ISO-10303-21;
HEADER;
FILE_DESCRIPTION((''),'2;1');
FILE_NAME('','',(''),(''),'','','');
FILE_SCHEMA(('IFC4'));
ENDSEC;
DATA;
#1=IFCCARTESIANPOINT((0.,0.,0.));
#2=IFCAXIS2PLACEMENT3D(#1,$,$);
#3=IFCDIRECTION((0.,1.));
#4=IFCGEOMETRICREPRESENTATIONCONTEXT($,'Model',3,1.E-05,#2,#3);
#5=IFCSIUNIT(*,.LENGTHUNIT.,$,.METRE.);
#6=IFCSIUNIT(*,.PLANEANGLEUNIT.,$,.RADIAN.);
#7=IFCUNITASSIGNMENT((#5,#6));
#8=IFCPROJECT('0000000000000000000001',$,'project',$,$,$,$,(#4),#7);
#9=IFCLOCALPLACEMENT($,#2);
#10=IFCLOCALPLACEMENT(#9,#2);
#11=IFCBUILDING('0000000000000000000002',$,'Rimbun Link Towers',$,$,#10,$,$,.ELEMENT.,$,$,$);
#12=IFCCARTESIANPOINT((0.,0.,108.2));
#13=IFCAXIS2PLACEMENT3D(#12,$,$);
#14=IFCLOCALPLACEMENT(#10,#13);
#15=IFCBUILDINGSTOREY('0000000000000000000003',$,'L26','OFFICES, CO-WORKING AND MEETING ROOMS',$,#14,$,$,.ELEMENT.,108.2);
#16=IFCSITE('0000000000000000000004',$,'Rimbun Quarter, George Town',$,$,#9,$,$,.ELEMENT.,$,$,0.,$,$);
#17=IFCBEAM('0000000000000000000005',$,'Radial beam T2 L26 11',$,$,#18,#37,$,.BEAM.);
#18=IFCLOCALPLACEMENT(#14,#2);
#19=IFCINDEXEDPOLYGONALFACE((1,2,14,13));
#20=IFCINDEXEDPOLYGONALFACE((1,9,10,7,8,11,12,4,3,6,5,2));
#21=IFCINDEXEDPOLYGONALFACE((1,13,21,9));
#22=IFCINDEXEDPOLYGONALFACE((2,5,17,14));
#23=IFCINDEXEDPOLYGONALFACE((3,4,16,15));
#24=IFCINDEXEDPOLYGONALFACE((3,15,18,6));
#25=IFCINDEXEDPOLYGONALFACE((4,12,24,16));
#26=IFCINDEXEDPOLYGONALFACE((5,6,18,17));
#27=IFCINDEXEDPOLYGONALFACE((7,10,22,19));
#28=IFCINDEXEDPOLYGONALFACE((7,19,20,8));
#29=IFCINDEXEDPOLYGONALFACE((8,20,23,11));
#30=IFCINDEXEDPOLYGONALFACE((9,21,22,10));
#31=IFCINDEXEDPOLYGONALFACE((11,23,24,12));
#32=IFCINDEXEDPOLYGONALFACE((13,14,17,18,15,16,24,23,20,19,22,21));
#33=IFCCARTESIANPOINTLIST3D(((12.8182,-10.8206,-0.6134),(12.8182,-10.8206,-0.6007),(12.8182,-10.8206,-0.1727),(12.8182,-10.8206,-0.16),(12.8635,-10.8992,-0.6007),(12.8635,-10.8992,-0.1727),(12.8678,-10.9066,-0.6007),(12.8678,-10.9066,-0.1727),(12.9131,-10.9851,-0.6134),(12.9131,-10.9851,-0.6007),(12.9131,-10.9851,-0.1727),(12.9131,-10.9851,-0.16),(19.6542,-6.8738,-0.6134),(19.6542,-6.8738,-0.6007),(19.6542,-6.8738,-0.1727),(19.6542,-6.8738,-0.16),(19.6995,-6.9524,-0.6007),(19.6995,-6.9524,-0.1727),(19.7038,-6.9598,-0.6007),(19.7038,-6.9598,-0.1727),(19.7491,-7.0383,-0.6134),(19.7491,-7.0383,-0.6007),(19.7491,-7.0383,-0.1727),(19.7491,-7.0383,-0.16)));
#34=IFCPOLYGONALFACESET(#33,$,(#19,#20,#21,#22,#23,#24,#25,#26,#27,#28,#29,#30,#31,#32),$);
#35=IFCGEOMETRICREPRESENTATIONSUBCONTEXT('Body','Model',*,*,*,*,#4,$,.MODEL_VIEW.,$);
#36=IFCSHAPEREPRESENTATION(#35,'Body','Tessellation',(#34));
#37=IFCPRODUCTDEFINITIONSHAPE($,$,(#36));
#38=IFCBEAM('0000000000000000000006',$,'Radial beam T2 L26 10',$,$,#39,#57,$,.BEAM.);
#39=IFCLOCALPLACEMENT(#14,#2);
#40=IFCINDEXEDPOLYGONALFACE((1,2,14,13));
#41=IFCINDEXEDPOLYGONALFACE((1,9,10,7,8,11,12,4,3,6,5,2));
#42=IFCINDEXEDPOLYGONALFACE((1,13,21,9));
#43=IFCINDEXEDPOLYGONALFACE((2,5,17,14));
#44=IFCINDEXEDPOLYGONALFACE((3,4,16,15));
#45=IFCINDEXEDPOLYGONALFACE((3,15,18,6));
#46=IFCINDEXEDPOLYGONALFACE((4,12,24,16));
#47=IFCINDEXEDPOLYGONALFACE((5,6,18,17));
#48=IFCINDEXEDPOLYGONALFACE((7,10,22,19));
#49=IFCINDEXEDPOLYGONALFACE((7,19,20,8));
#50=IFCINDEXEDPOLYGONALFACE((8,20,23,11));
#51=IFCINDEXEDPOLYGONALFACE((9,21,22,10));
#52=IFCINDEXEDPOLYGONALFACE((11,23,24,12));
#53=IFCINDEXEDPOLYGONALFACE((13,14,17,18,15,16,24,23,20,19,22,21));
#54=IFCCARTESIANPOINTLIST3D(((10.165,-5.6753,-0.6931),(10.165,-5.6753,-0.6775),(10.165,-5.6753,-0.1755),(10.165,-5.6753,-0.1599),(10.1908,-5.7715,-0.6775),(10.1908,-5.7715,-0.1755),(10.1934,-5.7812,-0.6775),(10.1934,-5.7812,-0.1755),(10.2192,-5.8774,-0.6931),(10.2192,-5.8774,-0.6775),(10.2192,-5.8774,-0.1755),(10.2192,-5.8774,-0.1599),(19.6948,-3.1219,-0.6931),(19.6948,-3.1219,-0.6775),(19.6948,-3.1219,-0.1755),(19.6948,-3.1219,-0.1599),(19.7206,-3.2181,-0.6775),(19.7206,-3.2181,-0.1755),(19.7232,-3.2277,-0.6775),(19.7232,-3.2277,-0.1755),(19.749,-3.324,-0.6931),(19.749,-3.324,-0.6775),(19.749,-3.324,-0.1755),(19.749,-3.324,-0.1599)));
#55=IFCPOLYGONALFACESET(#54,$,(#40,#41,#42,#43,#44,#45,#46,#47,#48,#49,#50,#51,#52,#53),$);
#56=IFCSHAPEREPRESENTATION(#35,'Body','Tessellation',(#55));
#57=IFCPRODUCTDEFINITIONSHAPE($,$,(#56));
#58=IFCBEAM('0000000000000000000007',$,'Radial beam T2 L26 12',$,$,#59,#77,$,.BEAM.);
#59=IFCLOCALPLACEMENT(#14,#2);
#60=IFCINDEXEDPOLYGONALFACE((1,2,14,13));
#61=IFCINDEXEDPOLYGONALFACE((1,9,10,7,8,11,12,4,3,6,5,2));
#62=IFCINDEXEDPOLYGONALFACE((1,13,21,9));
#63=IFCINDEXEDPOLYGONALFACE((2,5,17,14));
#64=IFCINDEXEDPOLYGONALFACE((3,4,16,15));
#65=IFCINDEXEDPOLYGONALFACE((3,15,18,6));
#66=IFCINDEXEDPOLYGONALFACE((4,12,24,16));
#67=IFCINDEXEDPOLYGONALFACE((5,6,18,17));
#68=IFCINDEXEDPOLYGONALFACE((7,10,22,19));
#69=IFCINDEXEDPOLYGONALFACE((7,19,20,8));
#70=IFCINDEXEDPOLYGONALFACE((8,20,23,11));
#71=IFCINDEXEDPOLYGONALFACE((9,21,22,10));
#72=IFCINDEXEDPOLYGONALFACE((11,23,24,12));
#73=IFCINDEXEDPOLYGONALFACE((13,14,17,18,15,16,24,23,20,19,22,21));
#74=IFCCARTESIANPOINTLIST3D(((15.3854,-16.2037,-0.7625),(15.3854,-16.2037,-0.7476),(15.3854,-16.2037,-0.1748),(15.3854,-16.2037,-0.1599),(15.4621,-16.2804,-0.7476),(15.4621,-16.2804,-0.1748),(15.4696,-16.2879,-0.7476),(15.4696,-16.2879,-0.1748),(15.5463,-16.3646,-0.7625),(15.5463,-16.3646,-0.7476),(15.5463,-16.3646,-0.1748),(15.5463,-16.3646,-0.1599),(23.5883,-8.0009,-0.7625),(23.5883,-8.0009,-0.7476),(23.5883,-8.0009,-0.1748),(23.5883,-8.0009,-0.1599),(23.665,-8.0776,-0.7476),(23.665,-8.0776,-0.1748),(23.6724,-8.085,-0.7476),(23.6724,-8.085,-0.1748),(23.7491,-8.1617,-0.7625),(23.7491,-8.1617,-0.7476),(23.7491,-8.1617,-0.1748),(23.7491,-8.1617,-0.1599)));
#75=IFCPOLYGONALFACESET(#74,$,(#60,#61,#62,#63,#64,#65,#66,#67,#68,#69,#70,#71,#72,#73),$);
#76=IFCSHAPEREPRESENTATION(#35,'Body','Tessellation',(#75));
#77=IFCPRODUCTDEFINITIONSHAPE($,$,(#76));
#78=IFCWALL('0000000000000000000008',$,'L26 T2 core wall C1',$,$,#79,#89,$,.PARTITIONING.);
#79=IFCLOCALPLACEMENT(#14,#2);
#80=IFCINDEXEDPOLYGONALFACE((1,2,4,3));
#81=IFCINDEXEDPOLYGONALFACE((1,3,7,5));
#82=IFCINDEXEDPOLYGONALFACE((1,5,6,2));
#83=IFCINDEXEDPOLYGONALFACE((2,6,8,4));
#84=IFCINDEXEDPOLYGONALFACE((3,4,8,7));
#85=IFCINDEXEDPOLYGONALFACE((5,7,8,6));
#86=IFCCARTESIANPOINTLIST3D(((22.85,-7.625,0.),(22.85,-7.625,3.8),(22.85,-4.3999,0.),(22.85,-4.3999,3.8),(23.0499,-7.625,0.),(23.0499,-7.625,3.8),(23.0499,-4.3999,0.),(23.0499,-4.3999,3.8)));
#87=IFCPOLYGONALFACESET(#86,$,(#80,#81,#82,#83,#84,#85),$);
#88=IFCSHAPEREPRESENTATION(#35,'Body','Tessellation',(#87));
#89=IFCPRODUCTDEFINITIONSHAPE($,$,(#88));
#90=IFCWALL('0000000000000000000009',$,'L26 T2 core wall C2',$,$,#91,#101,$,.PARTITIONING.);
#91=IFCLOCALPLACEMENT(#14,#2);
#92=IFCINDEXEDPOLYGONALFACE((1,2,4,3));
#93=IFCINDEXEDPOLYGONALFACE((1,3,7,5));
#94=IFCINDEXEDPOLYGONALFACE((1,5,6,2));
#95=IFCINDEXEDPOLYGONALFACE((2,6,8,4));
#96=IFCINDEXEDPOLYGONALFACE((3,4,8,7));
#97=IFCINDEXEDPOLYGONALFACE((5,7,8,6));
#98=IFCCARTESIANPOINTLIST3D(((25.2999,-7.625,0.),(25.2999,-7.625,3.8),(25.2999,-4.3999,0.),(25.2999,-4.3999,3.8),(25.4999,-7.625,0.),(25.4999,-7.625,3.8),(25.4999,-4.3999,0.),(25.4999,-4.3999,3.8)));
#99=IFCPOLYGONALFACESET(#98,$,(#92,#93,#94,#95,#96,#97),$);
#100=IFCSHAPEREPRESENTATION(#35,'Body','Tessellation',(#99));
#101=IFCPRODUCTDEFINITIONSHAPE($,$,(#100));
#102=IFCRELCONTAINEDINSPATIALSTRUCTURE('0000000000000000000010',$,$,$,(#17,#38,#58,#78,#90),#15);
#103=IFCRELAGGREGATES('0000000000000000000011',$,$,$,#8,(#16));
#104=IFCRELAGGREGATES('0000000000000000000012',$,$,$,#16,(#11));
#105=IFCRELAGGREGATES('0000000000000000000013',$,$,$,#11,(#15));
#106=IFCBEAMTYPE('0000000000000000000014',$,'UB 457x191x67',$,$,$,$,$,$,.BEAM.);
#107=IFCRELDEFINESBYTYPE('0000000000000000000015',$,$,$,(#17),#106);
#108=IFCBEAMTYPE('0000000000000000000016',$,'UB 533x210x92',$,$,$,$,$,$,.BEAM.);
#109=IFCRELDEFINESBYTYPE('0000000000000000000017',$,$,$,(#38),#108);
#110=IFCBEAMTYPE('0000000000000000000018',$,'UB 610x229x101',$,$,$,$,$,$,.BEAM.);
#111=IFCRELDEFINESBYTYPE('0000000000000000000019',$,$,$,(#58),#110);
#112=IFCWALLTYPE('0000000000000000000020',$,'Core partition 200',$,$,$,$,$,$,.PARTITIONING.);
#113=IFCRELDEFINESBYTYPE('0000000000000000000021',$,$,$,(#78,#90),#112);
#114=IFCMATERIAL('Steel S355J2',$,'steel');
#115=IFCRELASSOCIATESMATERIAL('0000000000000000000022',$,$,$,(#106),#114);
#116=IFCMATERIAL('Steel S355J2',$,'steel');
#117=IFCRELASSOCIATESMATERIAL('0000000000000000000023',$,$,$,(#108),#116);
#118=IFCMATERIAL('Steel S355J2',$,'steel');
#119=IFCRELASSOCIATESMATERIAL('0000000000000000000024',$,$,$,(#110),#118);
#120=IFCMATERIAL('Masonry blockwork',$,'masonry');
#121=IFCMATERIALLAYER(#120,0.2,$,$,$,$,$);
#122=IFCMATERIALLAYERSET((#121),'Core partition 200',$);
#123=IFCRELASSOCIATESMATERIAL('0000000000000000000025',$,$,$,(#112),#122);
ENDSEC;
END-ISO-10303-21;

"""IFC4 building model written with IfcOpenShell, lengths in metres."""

from ifc_helpers import new_model, si_unit, direction, frame, frame_2d, origin, origin_2d, place, context, subcontext, project, spatial, rectangle, i_section, extrude, material, layer, layer_set, material_profile, profile_set, type_object, element, save


model = new_model("IFC4")

# Units and contexts
model_context = context("Model", 3, precision=1e-05, world=origin(), true_north=direction((0.0, 1.0)))
body_context = subcontext(model_context, "Body", "Model", "MODEL_VIEW")
ifc_project = project(units=[si_unit("LENGTHUNIT", "METRE"), si_unit("PLANEANGLEUNIT", "RADIAN")], contexts=[model_context])

# Site, building, storey
site_placement = place(None, origin())
site = spatial("IfcSite", under=ifc_project, at=site_placement, Name="Rimbun Quarter, George Town", CompositionType="ELEMENT", RefElevation=0.0)
building_placement = place(site_placement, origin())
building = spatial("IfcBuilding", under=site, at=building_placement, Name="Rimbun Link Towers", CompositionType="ELEMENT")
storey_placement = place(building_placement, frame((0.0, 0.0, 108.2)))
storey = spatial("IfcBuildingStorey", under=building, at=storey_placement, Name="L26", Description="OFFICES, CO-WORKING AND MEETING ROOMS", CompositionType="ELEMENT", Elevation=108.2)

# Beams
ifc_material_1 = material(Name="Steel S355J2", Category="steel")
ifc_material_profile_1 = material_profile(ifc_material_1, i_section(OverallWidth=0.1899, OverallDepth=0.4534, WebThickness=0.0085, FlangeThickness=0.0127, at=origin_2d()), Name="UB 457x191x67")
ifc_profile_set_1 = profile_set([ifc_material_profile_1], Name="Steel S355J2")
beam_type_1 = type_object("IfcBeamType", Name="UB 457x191x67", PredefinedType="BEAM", material=ifc_profile_set_1)
beam_1_placement = place(storey_placement, frame((19.7017, -6.9561, -0.3867), z_axis=(-0.866023, -0.500004, 0.0), x_axis=(0.500004, -0.866023, 0.0)))
element("IfcBeam", 1, at=beam_1_placement, inside=storey, type_object=beam_type_1, Name="Radial beam T2 L26 11", PredefinedType="BEAM", context=body_context, shape_type="SweptSolid", body=[
    extrude(i_section(OverallWidth=0.1899, OverallDepth=0.4534, WebThickness=0.0085, FlangeThickness=0.0127, at=origin_2d()), origin(), (0.0, 0.0, 1.0), 7.8936),
])
ifc_material_2 = material(Name="Steel S355J2", Category="steel")
ifc_material_profile_2 = material_profile(ifc_material_2, i_section(OverallWidth=0.2092, OverallDepth=0.5332, WebThickness=0.01, FlangeThickness=0.0156, at=origin_2d()), Name="UB 533x210x92")
ifc_profile_set_2 = profile_set([ifc_material_profile_2], Name="Steel S355J2")
beam_type_2 = type_object("IfcBeamType", Name="UB 533x210x92", PredefinedType="BEAM", material=ifc_profile_set_2)
beam_2_placement = place(storey_placement, frame((19.7219, -3.2229, -0.4265), z_axis=(-0.965927, -0.258816, 0.0), x_axis=(0.258816, -0.965927, 0.0)))
element("IfcBeam", 2, at=beam_2_placement, inside=storey, type_object=beam_type_2, Name="Radial beam T2 L26 10", PredefinedType="BEAM", context=body_context, shape_type="SweptSolid", body=[
    extrude(i_section(OverallWidth=0.2092, OverallDepth=0.5332, WebThickness=0.01, FlangeThickness=0.0156, at=origin_2d()), origin(), (0.0, 0.0, 1.0), 9.866),
])
ifc_material_3 = material(Name="Steel S355J2", Category="steel")
ifc_material_profile_3 = material_profile(ifc_material_3, i_section(OverallWidth=0.2275, OverallDepth=0.6025, WebThickness=0.0105, FlangeThickness=0.0149, at=origin_2d()), Name="UB 610x229x101")
ifc_profile_set_3 = profile_set([ifc_material_profile_3], Name="Steel S355J2")
beam_type_3 = type_object("IfcBeamType", Name="UB 610x229x101", PredefinedType="BEAM", material=ifc_profile_set_3)
beam_3_placement = place(storey_placement, frame((23.6687, -8.0813, -0.4612), z_axis=(-0.707107, -0.707107, 0.0), x_axis=(0.707107, -0.707107, 0.0)))
element("IfcBeam", 3, at=beam_3_placement, inside=storey, type_object=beam_type_3, Name="Radial beam T2 L26 12", PredefinedType="BEAM", context=body_context, shape_type="SweptSolid", body=[
    extrude(i_section(OverallWidth=0.2275, OverallDepth=0.6025, WebThickness=0.0105, FlangeThickness=0.0149, at=origin_2d()), origin(), (0.0, 0.0, 1.0), 11.6006),
])

# Walls
ifc_material_4 = material(Name="Masonry blockwork", Category="masonry")
ifc_layer_1 = layer(ifc_material_4, 0.2)
ifc_layer_set_1 = layer_set([ifc_layer_1], Name="Core partition 200")
wall_type_1 = type_object("IfcWallType", Name="Core partition 200", PredefinedType="PARTITIONING", material=ifc_layer_set_1)
for number, where, z_axis, x_axis, name in (
    (4, (22.95, -4.3999, 0.0), (0.0, 0.0, 1.0), (0.0, -1.0, 0.0), "L26 T2 core wall C1"),
    (5, (25.3999, -4.3999, 0.0), (0.0, 0.0, 1.0), (0.0, -1.0, 0.0), "L26 T2 core wall C2"),
):
    element("IfcWall", number, at=place(storey_placement, frame(where, z_axis=z_axis, x_axis=x_axis)), inside=storey, type_object=wall_type_1, Name=name, PredefinedType="PARTITIONING", context=body_context, shape_type="SweptSolid", body=[
        extrude(rectangle(XDim=3.2251, YDim=0.2, at=frame_2d((1.6125, 0.0))), origin(), (0.0, 0.0, 1.0), 3.8),
    ])

save(model, "model.ifc")
